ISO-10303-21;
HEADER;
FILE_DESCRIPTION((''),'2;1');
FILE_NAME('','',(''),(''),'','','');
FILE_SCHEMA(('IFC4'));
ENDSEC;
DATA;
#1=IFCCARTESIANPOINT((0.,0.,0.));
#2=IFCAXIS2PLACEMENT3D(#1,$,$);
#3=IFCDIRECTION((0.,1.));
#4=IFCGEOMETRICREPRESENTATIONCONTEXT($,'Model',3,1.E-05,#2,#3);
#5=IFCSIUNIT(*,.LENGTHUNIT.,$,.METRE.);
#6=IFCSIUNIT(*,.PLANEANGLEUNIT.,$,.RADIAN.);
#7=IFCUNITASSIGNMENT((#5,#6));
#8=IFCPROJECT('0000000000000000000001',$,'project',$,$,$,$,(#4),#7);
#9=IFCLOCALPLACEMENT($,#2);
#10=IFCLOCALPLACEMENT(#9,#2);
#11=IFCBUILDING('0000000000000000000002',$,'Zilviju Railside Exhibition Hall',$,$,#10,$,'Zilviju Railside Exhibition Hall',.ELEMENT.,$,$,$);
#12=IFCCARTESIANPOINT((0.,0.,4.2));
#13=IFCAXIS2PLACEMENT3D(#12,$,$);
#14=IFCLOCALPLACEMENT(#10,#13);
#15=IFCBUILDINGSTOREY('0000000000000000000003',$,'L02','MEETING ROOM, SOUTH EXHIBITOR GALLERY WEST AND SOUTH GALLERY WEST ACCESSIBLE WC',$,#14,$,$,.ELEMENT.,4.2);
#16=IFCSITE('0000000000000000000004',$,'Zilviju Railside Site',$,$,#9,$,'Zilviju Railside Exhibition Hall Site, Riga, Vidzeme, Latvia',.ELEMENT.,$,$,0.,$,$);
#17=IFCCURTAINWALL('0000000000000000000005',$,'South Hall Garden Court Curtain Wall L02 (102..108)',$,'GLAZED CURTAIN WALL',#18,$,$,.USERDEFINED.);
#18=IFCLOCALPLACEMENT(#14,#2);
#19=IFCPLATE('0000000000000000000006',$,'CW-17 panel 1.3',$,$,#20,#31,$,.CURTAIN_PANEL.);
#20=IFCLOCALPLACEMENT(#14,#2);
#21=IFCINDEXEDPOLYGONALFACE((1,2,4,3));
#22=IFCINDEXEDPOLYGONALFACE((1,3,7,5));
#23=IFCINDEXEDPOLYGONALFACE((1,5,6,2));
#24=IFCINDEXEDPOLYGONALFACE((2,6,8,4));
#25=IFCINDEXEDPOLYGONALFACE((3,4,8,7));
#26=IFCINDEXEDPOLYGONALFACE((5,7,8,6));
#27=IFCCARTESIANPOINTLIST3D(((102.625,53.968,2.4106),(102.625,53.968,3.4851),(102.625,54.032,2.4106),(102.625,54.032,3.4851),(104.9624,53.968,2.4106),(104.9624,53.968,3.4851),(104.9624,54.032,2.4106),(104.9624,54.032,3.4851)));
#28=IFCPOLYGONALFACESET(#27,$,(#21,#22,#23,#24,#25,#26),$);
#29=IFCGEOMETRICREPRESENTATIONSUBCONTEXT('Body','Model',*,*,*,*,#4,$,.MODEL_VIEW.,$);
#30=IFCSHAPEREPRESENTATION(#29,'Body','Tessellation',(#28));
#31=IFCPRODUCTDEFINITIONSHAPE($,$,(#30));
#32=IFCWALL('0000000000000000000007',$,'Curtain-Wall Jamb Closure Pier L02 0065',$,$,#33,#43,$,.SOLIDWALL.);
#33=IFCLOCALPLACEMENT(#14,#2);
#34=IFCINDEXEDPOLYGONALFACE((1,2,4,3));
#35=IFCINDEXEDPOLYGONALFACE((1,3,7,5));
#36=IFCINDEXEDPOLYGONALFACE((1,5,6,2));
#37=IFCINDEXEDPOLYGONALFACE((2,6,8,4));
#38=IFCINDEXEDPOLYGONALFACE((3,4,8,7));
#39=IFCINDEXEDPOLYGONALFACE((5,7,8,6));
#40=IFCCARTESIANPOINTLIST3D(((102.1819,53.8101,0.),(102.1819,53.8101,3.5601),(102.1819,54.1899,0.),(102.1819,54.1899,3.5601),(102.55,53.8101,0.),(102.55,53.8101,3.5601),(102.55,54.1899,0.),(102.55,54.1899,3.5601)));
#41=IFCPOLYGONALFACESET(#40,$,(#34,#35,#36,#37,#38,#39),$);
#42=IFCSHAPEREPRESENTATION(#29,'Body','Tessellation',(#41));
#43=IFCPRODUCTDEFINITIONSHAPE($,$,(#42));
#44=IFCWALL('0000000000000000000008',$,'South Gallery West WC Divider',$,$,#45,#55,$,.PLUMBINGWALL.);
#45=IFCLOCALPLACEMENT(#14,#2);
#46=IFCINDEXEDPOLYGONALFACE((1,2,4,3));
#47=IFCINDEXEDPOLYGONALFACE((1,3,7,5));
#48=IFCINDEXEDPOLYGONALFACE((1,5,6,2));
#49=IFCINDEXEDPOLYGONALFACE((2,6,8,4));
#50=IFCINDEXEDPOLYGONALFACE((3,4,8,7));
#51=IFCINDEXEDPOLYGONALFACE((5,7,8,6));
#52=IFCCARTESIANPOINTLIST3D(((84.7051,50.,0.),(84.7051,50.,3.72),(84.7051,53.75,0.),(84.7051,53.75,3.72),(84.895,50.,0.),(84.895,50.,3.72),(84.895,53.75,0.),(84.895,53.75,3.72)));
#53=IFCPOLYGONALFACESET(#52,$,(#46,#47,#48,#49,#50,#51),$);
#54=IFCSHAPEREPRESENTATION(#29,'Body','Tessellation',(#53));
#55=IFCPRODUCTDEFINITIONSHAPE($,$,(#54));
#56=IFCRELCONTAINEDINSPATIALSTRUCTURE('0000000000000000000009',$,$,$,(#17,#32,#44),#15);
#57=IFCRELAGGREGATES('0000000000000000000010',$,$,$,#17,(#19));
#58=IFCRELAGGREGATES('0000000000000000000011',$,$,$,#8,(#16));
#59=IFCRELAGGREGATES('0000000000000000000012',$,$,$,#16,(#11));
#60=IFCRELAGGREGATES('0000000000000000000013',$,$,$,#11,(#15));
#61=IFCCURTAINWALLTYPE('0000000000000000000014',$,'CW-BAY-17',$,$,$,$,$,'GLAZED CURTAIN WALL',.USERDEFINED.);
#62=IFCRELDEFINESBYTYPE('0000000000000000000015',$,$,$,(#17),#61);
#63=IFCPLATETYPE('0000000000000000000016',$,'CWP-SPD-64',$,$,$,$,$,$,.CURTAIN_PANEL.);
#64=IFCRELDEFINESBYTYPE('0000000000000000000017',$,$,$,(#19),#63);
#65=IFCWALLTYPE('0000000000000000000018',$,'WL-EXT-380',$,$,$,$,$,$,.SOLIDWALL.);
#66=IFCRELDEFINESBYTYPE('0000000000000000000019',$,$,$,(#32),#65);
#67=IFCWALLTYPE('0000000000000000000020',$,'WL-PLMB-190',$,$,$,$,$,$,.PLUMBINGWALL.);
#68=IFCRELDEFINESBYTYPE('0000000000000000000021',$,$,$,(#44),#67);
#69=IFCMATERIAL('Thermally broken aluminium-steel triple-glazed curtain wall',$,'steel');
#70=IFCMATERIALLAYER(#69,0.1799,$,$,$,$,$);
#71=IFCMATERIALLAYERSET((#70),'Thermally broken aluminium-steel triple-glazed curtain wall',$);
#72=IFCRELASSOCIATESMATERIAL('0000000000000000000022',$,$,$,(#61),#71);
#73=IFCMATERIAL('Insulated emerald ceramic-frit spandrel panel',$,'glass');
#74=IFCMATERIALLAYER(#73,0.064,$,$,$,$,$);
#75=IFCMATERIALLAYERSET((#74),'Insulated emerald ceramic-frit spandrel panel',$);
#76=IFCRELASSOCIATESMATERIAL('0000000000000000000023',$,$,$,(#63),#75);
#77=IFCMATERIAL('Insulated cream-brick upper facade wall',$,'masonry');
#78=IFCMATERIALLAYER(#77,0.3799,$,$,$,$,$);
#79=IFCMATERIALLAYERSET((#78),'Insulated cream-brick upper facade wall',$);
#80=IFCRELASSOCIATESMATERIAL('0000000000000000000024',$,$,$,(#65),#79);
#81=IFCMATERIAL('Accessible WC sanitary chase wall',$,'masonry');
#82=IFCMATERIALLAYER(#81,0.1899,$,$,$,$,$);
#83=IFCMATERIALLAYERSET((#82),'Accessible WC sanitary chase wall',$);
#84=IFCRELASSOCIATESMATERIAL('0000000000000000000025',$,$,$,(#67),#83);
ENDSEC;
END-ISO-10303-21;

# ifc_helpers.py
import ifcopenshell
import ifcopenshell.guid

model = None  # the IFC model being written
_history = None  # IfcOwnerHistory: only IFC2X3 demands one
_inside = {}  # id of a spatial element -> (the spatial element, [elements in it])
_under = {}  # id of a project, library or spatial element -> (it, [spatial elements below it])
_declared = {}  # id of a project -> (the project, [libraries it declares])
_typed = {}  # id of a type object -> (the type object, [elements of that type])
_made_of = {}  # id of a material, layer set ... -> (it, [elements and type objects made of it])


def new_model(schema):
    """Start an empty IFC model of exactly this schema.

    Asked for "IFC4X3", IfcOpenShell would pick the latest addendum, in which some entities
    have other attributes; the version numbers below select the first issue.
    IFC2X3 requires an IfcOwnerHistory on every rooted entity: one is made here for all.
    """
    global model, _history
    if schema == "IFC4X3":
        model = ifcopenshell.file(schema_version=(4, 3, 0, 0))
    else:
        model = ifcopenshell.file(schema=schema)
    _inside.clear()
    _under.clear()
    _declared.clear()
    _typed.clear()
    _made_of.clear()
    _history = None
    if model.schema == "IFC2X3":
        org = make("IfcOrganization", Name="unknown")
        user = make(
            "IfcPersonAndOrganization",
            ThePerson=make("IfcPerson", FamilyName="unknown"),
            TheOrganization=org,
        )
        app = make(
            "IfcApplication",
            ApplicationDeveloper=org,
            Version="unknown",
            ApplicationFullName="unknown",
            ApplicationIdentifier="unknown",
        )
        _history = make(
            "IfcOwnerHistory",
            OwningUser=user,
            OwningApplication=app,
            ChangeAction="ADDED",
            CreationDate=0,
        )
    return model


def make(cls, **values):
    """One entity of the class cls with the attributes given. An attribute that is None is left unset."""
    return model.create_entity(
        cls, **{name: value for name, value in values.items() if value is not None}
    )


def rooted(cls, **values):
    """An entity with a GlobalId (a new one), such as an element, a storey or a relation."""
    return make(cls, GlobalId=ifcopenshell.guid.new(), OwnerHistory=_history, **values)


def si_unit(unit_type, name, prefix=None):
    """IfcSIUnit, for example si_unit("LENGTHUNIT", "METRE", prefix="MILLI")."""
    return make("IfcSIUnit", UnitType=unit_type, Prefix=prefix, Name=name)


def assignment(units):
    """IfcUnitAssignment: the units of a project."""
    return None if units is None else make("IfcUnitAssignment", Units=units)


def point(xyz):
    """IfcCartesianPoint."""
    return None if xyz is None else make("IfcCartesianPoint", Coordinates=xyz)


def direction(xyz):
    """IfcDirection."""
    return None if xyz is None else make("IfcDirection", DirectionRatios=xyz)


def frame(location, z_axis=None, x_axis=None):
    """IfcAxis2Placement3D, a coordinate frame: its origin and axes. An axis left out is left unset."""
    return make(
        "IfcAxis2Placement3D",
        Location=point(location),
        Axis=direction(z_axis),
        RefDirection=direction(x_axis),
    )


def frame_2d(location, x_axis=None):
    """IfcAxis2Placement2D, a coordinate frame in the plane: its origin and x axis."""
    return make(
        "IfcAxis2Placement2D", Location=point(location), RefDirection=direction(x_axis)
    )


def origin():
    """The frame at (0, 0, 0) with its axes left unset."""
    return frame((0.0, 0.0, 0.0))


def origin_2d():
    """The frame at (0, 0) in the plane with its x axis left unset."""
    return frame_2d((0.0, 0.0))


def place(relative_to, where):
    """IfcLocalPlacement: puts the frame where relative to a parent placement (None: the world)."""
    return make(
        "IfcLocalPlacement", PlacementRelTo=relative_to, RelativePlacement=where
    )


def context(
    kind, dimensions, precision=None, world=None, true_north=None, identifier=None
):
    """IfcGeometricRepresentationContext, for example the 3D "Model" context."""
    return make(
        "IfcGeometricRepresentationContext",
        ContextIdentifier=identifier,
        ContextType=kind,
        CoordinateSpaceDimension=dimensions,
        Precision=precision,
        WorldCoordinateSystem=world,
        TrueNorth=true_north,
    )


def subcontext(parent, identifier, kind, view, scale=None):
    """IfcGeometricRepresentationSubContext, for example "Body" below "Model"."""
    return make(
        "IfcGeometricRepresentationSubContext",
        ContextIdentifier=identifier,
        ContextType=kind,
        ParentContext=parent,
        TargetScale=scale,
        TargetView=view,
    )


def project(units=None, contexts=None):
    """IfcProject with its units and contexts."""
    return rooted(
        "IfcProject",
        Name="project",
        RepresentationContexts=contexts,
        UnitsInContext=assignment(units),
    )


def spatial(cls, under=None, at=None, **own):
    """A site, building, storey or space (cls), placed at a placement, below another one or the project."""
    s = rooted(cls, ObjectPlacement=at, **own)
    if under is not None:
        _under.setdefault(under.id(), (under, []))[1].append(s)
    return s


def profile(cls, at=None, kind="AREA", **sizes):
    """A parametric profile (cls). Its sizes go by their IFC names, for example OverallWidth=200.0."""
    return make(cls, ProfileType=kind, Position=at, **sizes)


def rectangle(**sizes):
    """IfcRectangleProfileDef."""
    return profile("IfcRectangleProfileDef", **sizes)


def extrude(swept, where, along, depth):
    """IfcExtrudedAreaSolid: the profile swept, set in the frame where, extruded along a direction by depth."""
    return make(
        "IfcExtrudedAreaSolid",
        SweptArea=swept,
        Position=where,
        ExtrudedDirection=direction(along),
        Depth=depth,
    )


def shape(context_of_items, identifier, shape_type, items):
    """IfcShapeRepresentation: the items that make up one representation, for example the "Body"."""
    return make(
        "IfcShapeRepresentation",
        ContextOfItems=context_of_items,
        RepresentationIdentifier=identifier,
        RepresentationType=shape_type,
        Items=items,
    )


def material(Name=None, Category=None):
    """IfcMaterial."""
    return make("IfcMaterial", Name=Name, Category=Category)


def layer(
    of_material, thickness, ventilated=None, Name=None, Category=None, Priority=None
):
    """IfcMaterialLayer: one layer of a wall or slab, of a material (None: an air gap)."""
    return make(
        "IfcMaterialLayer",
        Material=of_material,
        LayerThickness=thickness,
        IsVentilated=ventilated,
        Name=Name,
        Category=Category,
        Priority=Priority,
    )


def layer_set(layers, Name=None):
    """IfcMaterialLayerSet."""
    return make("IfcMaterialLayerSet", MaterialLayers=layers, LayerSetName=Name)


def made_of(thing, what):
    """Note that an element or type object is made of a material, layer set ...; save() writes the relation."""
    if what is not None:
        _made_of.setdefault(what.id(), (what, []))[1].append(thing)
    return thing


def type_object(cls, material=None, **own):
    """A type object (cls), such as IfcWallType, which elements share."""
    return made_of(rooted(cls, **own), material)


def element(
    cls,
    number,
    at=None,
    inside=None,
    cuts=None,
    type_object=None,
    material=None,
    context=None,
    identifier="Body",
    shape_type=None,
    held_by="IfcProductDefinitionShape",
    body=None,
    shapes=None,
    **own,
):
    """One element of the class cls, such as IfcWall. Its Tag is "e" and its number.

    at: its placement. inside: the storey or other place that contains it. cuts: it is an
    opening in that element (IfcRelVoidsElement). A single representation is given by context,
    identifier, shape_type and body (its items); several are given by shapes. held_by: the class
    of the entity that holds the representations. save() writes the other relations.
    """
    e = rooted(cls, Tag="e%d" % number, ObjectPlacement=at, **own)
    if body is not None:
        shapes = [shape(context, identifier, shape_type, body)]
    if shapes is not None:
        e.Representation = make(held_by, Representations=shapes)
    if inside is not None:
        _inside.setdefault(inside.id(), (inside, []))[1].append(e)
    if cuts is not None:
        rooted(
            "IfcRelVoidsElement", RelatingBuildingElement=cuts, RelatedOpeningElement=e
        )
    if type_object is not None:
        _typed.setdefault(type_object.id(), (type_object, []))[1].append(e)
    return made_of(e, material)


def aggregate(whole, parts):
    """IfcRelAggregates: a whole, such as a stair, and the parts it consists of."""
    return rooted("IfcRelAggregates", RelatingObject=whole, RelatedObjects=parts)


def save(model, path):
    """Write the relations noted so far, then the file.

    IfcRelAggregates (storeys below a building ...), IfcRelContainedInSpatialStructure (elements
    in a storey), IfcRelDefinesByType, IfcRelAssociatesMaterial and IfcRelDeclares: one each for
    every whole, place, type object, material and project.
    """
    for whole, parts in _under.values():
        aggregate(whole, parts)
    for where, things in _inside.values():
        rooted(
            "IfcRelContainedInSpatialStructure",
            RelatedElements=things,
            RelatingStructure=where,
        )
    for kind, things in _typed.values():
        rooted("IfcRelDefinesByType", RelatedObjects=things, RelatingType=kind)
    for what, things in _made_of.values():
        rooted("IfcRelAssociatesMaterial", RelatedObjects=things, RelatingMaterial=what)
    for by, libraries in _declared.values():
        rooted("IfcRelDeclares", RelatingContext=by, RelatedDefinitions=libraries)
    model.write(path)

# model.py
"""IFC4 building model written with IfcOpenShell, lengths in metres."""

from ifc_helpers import new_model, si_unit, direction, frame, frame_2d, origin, origin_2d, place, context, subcontext, project, spatial, rectangle, extrude, material, layer, layer_set, type_object, element, aggregate, save


model = new_model("IFC4")

# Units and contexts
model_context = context("Model", 3, precision=1e-05, world=origin(), true_north=direction((0.0, 1.0)))
body_context = subcontext(model_context, "Body", "Model", "MODEL_VIEW")
ifc_project = project(units=[si_unit("LENGTHUNIT", "METRE"), si_unit("PLANEANGLEUNIT", "RADIAN")], contexts=[model_context])

# Site, building, storey
site_placement = place(None, origin())
site = spatial("IfcSite", under=ifc_project, at=site_placement, Name="Zilviju Railside Site", LongName="Zilviju Railside Exhibition Hall Site, Riga, Vidzeme, Latvia", CompositionType="ELEMENT", RefElevation=0.0)
building_placement = place(site_placement, origin())
building = spatial("IfcBuilding", under=site, at=building_placement, Name="Zilviju Railside Exhibition Hall", LongName="Zilviju Railside Exhibition Hall", CompositionType="ELEMENT")
storey_placement = place(building_placement, frame((0.0, 0.0, 4.2)))
storey = spatial("IfcBuildingStorey", under=building, at=storey_placement, Name="L02", Description="MEETING ROOM, SOUTH EXHIBITOR GALLERY WEST AND SOUTH GALLERY WEST ACCESSIBLE WC", CompositionType="ELEMENT", Elevation=4.2)

# Curtain wall, plate
ifc_material_1 = material(Name="Thermally broken aluminium-steel triple-glazed curtain wall", Category="steel")
ifc_layer_1 = layer(ifc_material_1, 0.1799)
ifc_layer_set_1 = layer_set([ifc_layer_1], Name="Thermally broken aluminium-steel triple-glazed curtain wall")
curtain_wall_type = type_object("IfcCurtainWallType", Name="CW-BAY-17", ElementType="GLAZED CURTAIN WALL", PredefinedType="USERDEFINED", material=ifc_layer_set_1)
curtain_wall_placement = place(storey_placement, origin())
curtain_wall = element("IfcCurtainWall", 1, at=curtain_wall_placement, inside=storey, type_object=curtain_wall_type, Name="South Hall Garden Court Curtain Wall L02 (102..108)", ObjectType="GLAZED CURTAIN WALL", PredefinedType="USERDEFINED")
ifc_material_2 = material(Name="Insulated emerald ceramic-frit spandrel panel", Category="glass")
ifc_layer_2 = layer(ifc_material_2, 0.064)
ifc_layer_set_2 = layer_set([ifc_layer_2], Name="Insulated emerald ceramic-frit spandrel panel")
plate_type = type_object("IfcPlateType", Name="CWP-SPD-64", PredefinedType="CURTAIN_PANEL", material=ifc_layer_set_2)
plate_1_placement = place(storey_placement, frame((103.7937, 54.0, 2.4106), z_axis=(0.0, 0.0, 1.0), x_axis=(1.0, 0.0, 0.0)))
plate_1 = element("IfcPlate", 2, at=plate_1_placement, type_object=plate_type, Name="CW-17 panel 1.3", PredefinedType="CURTAIN_PANEL", context=body_context, shape_type="SweptSolid", body=[
    extrude(rectangle(XDim=2.3374, YDim=0.064, at=origin_2d()), origin(), (0.0, 0.0, 1.0), 1.0745),
])
aggregate(curtain_wall, [plate_1])

# Walls
ifc_material_3 = material(Name="Insulated cream-brick upper facade wall", Category="masonry")
ifc_layer_3 = layer(ifc_material_3, 0.3799)
ifc_layer_set_3 = layer_set([ifc_layer_3], Name="Insulated cream-brick upper facade wall")
wall_type_1 = type_object("IfcWallType", Name="WL-EXT-380", PredefinedType="SOLIDWALL", material=ifc_layer_set_3)
wall_1_placement = place(storey_placement, frame((102.1819, 54.0, 0.0), z_axis=(0.0, 0.0, 1.0), x_axis=(1.0, 0.0, 0.0)))
element("IfcWall", 3, at=wall_1_placement, inside=storey, type_object=wall_type_1, Name="Curtain-Wall Jamb Closure Pier L02 0065", PredefinedType="SOLIDWALL", context=body_context, shape_type="SweptSolid", body=[
    extrude(rectangle(XDim=0.3682, YDim=0.3799, at=frame_2d((0.1841, 0.0))), origin(), (0.0, 0.0, 1.0), 3.5601),
])
ifc_material_4 = material(Name="Accessible WC sanitary chase wall", Category="masonry")
ifc_layer_4 = layer(ifc_material_4, 0.1899)
ifc_layer_set_4 = layer_set([ifc_layer_4], Name="Accessible WC sanitary chase wall")
wall_type_2 = type_object("IfcWallType", Name="WL-PLMB-190", PredefinedType="PLUMBINGWALL", material=ifc_layer_set_4)
wall_2_placement = place(storey_placement, frame((84.8, 50.0, 0.0), z_axis=(0.0, 0.0, 1.0), x_axis=(0.0, 1.0, 0.0)))
element("IfcWall", 4, at=wall_2_placement, inside=storey, type_object=wall_type_2, Name="South Gallery West WC Divider", PredefinedType="PLUMBINGWALL", context=body_context, shape_type="SweptSolid", body=[
    extrude(rectangle(XDim=3.75, YDim=0.1899, at=frame_2d((1.875, 0.0))), origin(), (0.0, 0.0, 1.0), 3.72),
])

save(model, "model.ifc")
